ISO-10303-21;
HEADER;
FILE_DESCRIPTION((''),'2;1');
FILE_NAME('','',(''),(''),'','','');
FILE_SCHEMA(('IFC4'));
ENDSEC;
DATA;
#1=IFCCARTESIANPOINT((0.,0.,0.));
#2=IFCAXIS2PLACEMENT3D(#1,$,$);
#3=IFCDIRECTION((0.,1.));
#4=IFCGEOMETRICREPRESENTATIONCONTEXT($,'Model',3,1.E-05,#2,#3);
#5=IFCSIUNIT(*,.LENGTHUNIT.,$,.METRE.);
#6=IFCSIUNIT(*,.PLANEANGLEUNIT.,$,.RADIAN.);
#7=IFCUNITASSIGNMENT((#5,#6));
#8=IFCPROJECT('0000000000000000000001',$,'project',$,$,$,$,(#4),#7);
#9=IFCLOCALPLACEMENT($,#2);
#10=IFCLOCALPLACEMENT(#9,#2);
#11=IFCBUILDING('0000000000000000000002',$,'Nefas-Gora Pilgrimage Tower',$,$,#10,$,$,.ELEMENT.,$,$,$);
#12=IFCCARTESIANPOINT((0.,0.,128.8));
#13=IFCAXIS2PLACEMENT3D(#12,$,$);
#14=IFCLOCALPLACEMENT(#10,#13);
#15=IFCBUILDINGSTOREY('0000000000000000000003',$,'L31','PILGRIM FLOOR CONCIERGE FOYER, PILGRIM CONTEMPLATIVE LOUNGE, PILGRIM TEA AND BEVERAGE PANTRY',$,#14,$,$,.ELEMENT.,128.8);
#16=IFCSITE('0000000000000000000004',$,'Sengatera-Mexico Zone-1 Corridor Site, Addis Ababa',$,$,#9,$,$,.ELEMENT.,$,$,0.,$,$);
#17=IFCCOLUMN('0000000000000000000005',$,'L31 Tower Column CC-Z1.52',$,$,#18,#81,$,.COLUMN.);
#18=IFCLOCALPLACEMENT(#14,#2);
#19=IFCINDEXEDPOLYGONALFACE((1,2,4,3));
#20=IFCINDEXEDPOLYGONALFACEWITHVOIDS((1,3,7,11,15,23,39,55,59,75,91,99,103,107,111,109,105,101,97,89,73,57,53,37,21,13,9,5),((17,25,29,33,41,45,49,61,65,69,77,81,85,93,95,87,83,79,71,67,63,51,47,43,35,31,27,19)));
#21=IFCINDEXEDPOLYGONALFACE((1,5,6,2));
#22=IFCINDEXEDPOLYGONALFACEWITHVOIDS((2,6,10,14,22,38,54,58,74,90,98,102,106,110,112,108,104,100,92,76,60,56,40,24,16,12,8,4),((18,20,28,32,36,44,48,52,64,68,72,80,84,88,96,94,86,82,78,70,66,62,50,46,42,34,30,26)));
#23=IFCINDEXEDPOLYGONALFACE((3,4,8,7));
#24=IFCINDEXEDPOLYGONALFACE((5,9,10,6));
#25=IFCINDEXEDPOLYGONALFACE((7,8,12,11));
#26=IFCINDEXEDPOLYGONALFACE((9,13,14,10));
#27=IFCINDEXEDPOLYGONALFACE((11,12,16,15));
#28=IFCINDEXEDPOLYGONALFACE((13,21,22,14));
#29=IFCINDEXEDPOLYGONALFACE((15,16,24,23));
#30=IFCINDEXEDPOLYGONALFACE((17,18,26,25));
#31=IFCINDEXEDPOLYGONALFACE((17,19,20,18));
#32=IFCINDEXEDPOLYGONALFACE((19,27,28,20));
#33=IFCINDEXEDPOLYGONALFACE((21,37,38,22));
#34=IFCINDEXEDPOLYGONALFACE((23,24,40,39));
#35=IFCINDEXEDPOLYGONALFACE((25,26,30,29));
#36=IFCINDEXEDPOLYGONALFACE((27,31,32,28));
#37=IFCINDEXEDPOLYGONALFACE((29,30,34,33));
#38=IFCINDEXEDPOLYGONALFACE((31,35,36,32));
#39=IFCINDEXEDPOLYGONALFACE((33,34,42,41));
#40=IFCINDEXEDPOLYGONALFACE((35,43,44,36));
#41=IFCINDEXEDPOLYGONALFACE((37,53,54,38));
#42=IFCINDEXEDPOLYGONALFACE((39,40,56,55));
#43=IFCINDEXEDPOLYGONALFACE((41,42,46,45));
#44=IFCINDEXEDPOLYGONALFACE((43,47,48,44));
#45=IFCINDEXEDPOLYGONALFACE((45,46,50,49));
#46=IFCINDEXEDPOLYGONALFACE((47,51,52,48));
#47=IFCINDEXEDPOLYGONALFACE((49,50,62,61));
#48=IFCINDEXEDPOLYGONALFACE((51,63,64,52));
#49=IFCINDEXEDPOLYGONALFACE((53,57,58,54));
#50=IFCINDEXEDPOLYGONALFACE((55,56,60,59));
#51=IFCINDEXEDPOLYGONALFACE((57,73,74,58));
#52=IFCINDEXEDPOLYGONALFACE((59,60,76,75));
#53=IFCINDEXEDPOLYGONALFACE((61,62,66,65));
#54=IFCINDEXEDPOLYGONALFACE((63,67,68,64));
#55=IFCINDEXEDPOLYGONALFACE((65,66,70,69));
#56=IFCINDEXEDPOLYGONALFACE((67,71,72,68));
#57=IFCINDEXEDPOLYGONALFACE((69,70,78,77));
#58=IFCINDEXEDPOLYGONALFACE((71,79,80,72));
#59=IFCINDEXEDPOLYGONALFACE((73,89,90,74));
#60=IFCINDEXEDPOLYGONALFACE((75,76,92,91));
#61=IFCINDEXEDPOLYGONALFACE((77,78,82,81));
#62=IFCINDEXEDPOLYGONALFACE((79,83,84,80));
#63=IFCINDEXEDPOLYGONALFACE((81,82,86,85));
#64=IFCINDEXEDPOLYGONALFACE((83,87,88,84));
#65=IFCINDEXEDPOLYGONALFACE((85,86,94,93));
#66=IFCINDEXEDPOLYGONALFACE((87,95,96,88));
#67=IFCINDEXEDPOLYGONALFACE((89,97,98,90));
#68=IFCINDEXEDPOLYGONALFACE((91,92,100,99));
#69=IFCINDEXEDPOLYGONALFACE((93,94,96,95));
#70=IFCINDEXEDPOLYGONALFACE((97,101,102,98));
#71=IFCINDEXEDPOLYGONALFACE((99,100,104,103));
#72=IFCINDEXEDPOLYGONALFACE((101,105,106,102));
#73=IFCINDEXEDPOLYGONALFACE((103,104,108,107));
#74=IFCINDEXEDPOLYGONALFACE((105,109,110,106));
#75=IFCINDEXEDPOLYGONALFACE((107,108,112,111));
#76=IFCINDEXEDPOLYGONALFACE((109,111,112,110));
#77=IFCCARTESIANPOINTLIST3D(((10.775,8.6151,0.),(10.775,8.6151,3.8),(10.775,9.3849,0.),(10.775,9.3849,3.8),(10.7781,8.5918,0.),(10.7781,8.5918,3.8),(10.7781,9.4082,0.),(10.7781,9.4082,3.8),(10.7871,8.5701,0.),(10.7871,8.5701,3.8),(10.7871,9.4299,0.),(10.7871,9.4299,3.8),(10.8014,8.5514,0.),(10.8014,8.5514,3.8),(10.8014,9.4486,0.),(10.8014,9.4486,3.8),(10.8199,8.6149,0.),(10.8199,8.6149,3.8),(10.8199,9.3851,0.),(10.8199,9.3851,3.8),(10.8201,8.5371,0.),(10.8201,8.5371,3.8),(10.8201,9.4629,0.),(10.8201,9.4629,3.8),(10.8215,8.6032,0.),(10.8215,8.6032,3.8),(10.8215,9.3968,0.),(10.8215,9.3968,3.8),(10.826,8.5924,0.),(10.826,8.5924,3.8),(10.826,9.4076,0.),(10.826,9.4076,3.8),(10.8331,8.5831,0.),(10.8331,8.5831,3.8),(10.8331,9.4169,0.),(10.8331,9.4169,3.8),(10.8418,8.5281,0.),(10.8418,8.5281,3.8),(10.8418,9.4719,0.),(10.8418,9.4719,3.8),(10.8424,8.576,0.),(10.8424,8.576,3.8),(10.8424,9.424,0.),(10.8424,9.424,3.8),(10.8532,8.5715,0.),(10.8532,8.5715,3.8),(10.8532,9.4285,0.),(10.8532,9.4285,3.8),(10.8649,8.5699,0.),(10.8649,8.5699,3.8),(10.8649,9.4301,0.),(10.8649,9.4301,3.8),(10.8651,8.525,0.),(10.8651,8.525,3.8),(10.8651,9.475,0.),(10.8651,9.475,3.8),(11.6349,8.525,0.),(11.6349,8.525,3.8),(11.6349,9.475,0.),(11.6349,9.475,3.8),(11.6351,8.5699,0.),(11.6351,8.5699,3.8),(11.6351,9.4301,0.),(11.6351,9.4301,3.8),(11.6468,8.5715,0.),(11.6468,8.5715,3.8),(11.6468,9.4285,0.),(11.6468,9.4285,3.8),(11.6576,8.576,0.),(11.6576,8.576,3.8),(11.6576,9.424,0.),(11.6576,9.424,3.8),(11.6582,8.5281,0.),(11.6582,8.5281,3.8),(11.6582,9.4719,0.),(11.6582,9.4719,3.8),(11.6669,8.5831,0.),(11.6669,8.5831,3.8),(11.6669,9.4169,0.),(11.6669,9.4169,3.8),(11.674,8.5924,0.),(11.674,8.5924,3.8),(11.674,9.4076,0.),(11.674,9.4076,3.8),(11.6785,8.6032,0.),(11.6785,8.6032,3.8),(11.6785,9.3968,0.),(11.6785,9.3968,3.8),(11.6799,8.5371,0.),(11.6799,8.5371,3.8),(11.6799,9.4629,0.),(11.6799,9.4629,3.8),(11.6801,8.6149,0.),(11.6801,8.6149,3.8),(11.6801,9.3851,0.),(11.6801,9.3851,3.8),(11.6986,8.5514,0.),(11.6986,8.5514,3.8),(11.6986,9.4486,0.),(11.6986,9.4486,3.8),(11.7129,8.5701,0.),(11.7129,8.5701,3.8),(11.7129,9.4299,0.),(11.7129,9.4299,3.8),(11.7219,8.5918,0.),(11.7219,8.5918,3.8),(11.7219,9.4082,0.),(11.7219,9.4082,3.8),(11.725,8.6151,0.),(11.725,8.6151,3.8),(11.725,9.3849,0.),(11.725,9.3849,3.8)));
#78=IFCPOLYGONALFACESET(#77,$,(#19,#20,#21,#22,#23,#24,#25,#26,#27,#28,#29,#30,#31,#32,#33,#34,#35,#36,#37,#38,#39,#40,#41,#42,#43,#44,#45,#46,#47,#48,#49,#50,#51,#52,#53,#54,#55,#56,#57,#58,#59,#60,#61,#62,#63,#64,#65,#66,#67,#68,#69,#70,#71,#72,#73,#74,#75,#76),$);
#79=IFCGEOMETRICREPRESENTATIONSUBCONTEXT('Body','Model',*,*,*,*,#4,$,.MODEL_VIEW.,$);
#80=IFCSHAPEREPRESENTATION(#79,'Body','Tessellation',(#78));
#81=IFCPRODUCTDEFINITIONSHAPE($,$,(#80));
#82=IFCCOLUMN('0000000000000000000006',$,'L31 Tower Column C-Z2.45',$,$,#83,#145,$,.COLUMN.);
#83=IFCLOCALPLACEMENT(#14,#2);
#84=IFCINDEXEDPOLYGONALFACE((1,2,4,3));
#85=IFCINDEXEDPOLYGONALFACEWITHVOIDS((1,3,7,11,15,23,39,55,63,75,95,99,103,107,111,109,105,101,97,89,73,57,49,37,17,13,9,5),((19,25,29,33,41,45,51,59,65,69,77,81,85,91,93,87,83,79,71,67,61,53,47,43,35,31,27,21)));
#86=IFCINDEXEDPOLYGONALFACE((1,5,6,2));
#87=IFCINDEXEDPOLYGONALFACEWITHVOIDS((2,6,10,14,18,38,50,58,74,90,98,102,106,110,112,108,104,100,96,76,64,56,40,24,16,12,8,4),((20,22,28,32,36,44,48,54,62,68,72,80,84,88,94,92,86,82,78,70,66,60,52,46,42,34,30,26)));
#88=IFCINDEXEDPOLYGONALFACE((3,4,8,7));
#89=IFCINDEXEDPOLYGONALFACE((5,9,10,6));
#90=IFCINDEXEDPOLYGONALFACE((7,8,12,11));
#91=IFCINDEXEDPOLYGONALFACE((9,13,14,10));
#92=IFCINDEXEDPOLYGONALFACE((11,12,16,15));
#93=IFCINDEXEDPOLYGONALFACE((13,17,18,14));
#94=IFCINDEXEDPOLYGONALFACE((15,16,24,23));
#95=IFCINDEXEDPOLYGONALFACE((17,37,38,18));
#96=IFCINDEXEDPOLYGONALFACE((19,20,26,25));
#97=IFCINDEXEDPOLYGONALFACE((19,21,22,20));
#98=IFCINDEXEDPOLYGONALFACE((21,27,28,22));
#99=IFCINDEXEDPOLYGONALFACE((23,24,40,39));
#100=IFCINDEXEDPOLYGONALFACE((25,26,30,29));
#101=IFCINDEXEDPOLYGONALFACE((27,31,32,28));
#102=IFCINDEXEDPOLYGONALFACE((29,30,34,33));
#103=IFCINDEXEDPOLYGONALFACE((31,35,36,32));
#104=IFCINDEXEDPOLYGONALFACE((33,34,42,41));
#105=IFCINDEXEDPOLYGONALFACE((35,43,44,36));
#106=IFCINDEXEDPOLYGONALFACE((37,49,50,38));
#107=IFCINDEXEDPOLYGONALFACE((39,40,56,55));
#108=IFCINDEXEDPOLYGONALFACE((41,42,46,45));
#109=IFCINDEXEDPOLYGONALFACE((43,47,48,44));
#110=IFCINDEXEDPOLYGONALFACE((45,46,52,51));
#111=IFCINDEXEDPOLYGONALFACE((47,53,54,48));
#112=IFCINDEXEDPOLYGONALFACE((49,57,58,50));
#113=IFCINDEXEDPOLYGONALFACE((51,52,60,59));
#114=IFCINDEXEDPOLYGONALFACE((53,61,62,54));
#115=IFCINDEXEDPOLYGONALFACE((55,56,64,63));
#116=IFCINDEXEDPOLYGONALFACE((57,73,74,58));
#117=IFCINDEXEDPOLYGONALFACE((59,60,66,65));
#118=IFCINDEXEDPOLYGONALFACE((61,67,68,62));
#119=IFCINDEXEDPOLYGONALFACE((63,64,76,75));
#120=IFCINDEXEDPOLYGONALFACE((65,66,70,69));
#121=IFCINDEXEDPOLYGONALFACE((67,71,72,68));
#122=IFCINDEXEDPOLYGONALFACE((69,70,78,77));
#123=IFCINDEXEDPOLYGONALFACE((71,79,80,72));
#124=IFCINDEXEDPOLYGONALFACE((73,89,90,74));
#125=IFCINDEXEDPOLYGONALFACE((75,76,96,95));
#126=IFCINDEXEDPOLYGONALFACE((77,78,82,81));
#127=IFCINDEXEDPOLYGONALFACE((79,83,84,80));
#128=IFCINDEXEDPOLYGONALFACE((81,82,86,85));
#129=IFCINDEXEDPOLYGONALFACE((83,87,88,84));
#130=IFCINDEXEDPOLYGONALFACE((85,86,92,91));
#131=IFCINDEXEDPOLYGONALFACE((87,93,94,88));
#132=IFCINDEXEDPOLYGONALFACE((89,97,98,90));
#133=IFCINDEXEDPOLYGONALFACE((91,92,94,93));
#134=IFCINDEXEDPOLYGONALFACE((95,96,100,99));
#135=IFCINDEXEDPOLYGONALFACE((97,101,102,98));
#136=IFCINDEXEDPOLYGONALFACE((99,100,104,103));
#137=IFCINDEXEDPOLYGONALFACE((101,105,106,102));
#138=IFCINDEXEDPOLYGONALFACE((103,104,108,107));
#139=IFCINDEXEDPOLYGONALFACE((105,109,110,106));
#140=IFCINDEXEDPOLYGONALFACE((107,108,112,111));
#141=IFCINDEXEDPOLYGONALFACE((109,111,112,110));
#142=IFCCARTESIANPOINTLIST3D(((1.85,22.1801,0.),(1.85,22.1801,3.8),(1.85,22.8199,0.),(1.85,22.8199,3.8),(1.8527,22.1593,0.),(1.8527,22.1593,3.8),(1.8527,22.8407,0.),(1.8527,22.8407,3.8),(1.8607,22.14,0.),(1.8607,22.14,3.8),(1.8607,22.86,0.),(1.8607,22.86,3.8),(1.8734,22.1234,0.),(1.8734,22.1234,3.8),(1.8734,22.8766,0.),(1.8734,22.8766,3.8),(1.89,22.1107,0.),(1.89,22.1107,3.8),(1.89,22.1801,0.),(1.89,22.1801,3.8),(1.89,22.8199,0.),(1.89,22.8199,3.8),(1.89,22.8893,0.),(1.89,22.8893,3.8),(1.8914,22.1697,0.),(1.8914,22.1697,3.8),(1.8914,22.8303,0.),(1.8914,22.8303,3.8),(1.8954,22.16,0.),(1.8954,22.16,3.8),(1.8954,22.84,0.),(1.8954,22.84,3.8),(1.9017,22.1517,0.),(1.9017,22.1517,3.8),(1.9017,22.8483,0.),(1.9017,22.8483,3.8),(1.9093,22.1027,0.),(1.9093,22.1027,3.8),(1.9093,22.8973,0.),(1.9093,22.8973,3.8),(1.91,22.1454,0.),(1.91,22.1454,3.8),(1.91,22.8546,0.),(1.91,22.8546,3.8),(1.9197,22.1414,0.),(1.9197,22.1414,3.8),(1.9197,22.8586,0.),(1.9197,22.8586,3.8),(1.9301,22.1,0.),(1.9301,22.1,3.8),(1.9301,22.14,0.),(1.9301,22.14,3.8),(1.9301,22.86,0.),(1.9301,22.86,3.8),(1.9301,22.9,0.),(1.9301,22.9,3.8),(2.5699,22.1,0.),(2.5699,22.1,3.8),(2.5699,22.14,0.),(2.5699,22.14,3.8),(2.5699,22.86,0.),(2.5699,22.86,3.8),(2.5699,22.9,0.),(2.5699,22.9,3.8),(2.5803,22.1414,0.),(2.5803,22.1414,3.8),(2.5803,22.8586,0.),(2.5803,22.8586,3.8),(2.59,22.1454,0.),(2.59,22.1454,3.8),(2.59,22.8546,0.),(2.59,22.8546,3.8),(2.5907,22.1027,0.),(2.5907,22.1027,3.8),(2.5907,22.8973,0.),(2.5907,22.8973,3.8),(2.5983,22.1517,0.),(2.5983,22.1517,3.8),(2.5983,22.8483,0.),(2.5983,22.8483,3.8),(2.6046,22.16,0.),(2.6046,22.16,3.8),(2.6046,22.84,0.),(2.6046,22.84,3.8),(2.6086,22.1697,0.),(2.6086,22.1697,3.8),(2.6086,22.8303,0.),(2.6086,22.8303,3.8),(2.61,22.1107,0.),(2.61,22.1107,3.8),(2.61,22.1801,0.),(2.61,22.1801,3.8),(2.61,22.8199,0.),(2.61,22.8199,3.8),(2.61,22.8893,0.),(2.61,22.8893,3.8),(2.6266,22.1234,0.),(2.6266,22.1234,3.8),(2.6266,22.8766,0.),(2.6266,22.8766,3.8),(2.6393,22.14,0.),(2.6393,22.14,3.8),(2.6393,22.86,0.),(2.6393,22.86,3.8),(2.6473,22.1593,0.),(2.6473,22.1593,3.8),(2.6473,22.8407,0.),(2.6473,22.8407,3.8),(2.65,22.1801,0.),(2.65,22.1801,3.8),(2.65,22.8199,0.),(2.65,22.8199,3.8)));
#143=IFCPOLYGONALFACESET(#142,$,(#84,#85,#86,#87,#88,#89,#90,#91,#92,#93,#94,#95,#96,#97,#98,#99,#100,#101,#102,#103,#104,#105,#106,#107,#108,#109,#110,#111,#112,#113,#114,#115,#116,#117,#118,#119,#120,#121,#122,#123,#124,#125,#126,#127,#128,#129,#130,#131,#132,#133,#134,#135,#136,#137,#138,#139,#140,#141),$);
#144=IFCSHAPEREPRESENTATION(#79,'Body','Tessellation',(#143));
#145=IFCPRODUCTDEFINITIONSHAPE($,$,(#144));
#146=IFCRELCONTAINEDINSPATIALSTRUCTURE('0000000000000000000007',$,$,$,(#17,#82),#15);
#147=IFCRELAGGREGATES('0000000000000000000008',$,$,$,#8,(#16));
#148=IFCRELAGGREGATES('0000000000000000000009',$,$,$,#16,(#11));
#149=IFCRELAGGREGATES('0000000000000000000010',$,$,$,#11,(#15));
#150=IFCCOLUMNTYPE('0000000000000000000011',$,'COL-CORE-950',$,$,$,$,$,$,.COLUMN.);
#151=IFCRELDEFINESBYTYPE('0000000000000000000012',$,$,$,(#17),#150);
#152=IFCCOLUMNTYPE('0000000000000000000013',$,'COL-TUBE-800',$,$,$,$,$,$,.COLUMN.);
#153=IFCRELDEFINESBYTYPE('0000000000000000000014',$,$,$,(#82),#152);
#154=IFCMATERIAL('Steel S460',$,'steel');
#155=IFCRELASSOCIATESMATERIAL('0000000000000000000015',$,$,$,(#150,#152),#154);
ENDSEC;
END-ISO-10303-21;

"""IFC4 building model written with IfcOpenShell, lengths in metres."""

from ifc_helpers import new_model, si_unit, direction, frame, origin, origin_2d, place, context, subcontext, project, spatial, hollow_rectangle, extrude, source, transform, mapped, material, material_profile, profile_set, type_object, element, save


model = new_model("IFC4")

# Units and contexts
model_context = context("Model", 3, precision=1e-05, world=origin(), true_north=direction((0.0, 1.0)))
body_context = subcontext(model_context, "Body", "Model", "MODEL_VIEW")
ifc_project = project(units=[si_unit("LENGTHUNIT", "METRE"), si_unit("PLANEANGLEUNIT", "RADIAN")], contexts=[model_context])

# Site, building, storey
site_placement = place(None, origin())
site = spatial("IfcSite", under=ifc_project, at=site_placement, Name="Sengatera-Mexico Zone-1 Corridor Site, Addis Ababa", CompositionType="ELEMENT", RefElevation=0.0)
building_placement = place(site_placement, origin())
building = spatial("IfcBuilding", under=site, at=building_placement, Name="Nefas-Gora Pilgrimage Tower", CompositionType="ELEMENT")
storey_placement = place(building_placement, frame((0.0, 0.0, 128.8)))
storey = spatial("IfcBuildingStorey", under=building, at=storey_placement, Name="L31", Description="PILGRIM FLOOR CONCIERGE FOYER, PILGRIM CONTEMPLATIVE LOUNGE, PILGRIM TEA AND BEVERAGE PANTRY", CompositionType="ELEMENT", Elevation=128.8)

# Columns
ifc_material_1 = material(Name="Steel S460", Category="steel")
ifc_material_profile_1 = material_profile(ifc_material_1, hollow_rectangle(XDim=0.95, YDim=0.95, WallThickness=0.0449, InnerFilletRadius=0.0449, OuterFilletRadius=0.0901, at=origin_2d()), Name="BOX 950x950x45")
ifc_profile_set_1 = profile_set([ifc_material_profile_1], Name="Steel S460")
column_type_1 = type_object("IfcColumnType", Name="COL-CORE-950", PredefinedType="COLUMN", material=ifc_profile_set_1)
shared_shape_1 = source(origin(), body_context, "Body", "SweptSolid", [
    extrude(hollow_rectangle(XDim=0.95, YDim=0.95, WallThickness=0.0449, InnerFilletRadius=0.0449, OuterFilletRadius=0.0901, at=origin_2d()), origin(), (0.0, 0.0, 1.0), 3.8),
])
column_placement = place(storey_placement, frame((11.25, 9.0, 0.0), z_axis=(0.0, 0.0, 1.0), x_axis=(1.0, 0.0, 0.0)))
element("IfcColumn", 1, at=column_placement, inside=storey, type_object=column_type_1, Name="L31 Tower Column CC-Z1.52", PredefinedType="COLUMN", context=body_context, shape_type="MappedRepresentation", body=[
    mapped(shared_shape_1, transform((0.0, 0.0, 0.0), x_axis=(1.0, 0.0, 0.0), y_axis=(0.0, 1.0, 0.0), z_axis=(0.0, 0.0, 1.0), scale=1.0)),
])
ifc_material_profile_2 = material_profile(ifc_material_1, hollow_rectangle(XDim=0.8, YDim=0.8, WallThickness=0.04, InnerFilletRadius=0.04, OuterFilletRadius=0.0801, at=origin_2d()), Name="BOX 800x800x40")
ifc_profile_set_2 = profile_set([ifc_material_profile_2], Name="Steel S460")
column_type_2 = type_object("IfcColumnType", Name="COL-TUBE-800", PredefinedType="COLUMN", material=ifc_profile_set_2)
shared_shape_2 = source(origin(), body_context, "Body", "SweptSolid", [
    extrude(hollow_rectangle(XDim=0.8, YDim=0.8, WallThickness=0.04, InnerFilletRadius=0.04, OuterFilletRadius=0.0801, at=origin_2d()), origin(), (0.0, 0.0, 1.0), 3.8),
])
for number, where, z_axis, x_axis, name in (
    (2, (2.25, 22.5, 0.0), (0.0, 0.0, 1.0), (1.0, 0.0, 0.0), "L31 Tower Column C-Z2.45"),
):
    element("IfcColumn", number, at=place(storey_placement, frame(where, z_axis=z_axis, x_axis=x_axis)), inside=storey, type_object=column_type_2, Name=name, PredefinedType="COLUMN", context=body_context, shape_type="MappedRepresentation", body=[
        mapped(shared_shape_2, transform((0.0, 0.0, 0.0), x_axis=(1.0, 0.0, 0.0), y_axis=(0.0, 1.0, 0.0), z_axis=(0.0, 0.0, 1.0), scale=1.0)),
    ])

save(model, "model.ifc")
